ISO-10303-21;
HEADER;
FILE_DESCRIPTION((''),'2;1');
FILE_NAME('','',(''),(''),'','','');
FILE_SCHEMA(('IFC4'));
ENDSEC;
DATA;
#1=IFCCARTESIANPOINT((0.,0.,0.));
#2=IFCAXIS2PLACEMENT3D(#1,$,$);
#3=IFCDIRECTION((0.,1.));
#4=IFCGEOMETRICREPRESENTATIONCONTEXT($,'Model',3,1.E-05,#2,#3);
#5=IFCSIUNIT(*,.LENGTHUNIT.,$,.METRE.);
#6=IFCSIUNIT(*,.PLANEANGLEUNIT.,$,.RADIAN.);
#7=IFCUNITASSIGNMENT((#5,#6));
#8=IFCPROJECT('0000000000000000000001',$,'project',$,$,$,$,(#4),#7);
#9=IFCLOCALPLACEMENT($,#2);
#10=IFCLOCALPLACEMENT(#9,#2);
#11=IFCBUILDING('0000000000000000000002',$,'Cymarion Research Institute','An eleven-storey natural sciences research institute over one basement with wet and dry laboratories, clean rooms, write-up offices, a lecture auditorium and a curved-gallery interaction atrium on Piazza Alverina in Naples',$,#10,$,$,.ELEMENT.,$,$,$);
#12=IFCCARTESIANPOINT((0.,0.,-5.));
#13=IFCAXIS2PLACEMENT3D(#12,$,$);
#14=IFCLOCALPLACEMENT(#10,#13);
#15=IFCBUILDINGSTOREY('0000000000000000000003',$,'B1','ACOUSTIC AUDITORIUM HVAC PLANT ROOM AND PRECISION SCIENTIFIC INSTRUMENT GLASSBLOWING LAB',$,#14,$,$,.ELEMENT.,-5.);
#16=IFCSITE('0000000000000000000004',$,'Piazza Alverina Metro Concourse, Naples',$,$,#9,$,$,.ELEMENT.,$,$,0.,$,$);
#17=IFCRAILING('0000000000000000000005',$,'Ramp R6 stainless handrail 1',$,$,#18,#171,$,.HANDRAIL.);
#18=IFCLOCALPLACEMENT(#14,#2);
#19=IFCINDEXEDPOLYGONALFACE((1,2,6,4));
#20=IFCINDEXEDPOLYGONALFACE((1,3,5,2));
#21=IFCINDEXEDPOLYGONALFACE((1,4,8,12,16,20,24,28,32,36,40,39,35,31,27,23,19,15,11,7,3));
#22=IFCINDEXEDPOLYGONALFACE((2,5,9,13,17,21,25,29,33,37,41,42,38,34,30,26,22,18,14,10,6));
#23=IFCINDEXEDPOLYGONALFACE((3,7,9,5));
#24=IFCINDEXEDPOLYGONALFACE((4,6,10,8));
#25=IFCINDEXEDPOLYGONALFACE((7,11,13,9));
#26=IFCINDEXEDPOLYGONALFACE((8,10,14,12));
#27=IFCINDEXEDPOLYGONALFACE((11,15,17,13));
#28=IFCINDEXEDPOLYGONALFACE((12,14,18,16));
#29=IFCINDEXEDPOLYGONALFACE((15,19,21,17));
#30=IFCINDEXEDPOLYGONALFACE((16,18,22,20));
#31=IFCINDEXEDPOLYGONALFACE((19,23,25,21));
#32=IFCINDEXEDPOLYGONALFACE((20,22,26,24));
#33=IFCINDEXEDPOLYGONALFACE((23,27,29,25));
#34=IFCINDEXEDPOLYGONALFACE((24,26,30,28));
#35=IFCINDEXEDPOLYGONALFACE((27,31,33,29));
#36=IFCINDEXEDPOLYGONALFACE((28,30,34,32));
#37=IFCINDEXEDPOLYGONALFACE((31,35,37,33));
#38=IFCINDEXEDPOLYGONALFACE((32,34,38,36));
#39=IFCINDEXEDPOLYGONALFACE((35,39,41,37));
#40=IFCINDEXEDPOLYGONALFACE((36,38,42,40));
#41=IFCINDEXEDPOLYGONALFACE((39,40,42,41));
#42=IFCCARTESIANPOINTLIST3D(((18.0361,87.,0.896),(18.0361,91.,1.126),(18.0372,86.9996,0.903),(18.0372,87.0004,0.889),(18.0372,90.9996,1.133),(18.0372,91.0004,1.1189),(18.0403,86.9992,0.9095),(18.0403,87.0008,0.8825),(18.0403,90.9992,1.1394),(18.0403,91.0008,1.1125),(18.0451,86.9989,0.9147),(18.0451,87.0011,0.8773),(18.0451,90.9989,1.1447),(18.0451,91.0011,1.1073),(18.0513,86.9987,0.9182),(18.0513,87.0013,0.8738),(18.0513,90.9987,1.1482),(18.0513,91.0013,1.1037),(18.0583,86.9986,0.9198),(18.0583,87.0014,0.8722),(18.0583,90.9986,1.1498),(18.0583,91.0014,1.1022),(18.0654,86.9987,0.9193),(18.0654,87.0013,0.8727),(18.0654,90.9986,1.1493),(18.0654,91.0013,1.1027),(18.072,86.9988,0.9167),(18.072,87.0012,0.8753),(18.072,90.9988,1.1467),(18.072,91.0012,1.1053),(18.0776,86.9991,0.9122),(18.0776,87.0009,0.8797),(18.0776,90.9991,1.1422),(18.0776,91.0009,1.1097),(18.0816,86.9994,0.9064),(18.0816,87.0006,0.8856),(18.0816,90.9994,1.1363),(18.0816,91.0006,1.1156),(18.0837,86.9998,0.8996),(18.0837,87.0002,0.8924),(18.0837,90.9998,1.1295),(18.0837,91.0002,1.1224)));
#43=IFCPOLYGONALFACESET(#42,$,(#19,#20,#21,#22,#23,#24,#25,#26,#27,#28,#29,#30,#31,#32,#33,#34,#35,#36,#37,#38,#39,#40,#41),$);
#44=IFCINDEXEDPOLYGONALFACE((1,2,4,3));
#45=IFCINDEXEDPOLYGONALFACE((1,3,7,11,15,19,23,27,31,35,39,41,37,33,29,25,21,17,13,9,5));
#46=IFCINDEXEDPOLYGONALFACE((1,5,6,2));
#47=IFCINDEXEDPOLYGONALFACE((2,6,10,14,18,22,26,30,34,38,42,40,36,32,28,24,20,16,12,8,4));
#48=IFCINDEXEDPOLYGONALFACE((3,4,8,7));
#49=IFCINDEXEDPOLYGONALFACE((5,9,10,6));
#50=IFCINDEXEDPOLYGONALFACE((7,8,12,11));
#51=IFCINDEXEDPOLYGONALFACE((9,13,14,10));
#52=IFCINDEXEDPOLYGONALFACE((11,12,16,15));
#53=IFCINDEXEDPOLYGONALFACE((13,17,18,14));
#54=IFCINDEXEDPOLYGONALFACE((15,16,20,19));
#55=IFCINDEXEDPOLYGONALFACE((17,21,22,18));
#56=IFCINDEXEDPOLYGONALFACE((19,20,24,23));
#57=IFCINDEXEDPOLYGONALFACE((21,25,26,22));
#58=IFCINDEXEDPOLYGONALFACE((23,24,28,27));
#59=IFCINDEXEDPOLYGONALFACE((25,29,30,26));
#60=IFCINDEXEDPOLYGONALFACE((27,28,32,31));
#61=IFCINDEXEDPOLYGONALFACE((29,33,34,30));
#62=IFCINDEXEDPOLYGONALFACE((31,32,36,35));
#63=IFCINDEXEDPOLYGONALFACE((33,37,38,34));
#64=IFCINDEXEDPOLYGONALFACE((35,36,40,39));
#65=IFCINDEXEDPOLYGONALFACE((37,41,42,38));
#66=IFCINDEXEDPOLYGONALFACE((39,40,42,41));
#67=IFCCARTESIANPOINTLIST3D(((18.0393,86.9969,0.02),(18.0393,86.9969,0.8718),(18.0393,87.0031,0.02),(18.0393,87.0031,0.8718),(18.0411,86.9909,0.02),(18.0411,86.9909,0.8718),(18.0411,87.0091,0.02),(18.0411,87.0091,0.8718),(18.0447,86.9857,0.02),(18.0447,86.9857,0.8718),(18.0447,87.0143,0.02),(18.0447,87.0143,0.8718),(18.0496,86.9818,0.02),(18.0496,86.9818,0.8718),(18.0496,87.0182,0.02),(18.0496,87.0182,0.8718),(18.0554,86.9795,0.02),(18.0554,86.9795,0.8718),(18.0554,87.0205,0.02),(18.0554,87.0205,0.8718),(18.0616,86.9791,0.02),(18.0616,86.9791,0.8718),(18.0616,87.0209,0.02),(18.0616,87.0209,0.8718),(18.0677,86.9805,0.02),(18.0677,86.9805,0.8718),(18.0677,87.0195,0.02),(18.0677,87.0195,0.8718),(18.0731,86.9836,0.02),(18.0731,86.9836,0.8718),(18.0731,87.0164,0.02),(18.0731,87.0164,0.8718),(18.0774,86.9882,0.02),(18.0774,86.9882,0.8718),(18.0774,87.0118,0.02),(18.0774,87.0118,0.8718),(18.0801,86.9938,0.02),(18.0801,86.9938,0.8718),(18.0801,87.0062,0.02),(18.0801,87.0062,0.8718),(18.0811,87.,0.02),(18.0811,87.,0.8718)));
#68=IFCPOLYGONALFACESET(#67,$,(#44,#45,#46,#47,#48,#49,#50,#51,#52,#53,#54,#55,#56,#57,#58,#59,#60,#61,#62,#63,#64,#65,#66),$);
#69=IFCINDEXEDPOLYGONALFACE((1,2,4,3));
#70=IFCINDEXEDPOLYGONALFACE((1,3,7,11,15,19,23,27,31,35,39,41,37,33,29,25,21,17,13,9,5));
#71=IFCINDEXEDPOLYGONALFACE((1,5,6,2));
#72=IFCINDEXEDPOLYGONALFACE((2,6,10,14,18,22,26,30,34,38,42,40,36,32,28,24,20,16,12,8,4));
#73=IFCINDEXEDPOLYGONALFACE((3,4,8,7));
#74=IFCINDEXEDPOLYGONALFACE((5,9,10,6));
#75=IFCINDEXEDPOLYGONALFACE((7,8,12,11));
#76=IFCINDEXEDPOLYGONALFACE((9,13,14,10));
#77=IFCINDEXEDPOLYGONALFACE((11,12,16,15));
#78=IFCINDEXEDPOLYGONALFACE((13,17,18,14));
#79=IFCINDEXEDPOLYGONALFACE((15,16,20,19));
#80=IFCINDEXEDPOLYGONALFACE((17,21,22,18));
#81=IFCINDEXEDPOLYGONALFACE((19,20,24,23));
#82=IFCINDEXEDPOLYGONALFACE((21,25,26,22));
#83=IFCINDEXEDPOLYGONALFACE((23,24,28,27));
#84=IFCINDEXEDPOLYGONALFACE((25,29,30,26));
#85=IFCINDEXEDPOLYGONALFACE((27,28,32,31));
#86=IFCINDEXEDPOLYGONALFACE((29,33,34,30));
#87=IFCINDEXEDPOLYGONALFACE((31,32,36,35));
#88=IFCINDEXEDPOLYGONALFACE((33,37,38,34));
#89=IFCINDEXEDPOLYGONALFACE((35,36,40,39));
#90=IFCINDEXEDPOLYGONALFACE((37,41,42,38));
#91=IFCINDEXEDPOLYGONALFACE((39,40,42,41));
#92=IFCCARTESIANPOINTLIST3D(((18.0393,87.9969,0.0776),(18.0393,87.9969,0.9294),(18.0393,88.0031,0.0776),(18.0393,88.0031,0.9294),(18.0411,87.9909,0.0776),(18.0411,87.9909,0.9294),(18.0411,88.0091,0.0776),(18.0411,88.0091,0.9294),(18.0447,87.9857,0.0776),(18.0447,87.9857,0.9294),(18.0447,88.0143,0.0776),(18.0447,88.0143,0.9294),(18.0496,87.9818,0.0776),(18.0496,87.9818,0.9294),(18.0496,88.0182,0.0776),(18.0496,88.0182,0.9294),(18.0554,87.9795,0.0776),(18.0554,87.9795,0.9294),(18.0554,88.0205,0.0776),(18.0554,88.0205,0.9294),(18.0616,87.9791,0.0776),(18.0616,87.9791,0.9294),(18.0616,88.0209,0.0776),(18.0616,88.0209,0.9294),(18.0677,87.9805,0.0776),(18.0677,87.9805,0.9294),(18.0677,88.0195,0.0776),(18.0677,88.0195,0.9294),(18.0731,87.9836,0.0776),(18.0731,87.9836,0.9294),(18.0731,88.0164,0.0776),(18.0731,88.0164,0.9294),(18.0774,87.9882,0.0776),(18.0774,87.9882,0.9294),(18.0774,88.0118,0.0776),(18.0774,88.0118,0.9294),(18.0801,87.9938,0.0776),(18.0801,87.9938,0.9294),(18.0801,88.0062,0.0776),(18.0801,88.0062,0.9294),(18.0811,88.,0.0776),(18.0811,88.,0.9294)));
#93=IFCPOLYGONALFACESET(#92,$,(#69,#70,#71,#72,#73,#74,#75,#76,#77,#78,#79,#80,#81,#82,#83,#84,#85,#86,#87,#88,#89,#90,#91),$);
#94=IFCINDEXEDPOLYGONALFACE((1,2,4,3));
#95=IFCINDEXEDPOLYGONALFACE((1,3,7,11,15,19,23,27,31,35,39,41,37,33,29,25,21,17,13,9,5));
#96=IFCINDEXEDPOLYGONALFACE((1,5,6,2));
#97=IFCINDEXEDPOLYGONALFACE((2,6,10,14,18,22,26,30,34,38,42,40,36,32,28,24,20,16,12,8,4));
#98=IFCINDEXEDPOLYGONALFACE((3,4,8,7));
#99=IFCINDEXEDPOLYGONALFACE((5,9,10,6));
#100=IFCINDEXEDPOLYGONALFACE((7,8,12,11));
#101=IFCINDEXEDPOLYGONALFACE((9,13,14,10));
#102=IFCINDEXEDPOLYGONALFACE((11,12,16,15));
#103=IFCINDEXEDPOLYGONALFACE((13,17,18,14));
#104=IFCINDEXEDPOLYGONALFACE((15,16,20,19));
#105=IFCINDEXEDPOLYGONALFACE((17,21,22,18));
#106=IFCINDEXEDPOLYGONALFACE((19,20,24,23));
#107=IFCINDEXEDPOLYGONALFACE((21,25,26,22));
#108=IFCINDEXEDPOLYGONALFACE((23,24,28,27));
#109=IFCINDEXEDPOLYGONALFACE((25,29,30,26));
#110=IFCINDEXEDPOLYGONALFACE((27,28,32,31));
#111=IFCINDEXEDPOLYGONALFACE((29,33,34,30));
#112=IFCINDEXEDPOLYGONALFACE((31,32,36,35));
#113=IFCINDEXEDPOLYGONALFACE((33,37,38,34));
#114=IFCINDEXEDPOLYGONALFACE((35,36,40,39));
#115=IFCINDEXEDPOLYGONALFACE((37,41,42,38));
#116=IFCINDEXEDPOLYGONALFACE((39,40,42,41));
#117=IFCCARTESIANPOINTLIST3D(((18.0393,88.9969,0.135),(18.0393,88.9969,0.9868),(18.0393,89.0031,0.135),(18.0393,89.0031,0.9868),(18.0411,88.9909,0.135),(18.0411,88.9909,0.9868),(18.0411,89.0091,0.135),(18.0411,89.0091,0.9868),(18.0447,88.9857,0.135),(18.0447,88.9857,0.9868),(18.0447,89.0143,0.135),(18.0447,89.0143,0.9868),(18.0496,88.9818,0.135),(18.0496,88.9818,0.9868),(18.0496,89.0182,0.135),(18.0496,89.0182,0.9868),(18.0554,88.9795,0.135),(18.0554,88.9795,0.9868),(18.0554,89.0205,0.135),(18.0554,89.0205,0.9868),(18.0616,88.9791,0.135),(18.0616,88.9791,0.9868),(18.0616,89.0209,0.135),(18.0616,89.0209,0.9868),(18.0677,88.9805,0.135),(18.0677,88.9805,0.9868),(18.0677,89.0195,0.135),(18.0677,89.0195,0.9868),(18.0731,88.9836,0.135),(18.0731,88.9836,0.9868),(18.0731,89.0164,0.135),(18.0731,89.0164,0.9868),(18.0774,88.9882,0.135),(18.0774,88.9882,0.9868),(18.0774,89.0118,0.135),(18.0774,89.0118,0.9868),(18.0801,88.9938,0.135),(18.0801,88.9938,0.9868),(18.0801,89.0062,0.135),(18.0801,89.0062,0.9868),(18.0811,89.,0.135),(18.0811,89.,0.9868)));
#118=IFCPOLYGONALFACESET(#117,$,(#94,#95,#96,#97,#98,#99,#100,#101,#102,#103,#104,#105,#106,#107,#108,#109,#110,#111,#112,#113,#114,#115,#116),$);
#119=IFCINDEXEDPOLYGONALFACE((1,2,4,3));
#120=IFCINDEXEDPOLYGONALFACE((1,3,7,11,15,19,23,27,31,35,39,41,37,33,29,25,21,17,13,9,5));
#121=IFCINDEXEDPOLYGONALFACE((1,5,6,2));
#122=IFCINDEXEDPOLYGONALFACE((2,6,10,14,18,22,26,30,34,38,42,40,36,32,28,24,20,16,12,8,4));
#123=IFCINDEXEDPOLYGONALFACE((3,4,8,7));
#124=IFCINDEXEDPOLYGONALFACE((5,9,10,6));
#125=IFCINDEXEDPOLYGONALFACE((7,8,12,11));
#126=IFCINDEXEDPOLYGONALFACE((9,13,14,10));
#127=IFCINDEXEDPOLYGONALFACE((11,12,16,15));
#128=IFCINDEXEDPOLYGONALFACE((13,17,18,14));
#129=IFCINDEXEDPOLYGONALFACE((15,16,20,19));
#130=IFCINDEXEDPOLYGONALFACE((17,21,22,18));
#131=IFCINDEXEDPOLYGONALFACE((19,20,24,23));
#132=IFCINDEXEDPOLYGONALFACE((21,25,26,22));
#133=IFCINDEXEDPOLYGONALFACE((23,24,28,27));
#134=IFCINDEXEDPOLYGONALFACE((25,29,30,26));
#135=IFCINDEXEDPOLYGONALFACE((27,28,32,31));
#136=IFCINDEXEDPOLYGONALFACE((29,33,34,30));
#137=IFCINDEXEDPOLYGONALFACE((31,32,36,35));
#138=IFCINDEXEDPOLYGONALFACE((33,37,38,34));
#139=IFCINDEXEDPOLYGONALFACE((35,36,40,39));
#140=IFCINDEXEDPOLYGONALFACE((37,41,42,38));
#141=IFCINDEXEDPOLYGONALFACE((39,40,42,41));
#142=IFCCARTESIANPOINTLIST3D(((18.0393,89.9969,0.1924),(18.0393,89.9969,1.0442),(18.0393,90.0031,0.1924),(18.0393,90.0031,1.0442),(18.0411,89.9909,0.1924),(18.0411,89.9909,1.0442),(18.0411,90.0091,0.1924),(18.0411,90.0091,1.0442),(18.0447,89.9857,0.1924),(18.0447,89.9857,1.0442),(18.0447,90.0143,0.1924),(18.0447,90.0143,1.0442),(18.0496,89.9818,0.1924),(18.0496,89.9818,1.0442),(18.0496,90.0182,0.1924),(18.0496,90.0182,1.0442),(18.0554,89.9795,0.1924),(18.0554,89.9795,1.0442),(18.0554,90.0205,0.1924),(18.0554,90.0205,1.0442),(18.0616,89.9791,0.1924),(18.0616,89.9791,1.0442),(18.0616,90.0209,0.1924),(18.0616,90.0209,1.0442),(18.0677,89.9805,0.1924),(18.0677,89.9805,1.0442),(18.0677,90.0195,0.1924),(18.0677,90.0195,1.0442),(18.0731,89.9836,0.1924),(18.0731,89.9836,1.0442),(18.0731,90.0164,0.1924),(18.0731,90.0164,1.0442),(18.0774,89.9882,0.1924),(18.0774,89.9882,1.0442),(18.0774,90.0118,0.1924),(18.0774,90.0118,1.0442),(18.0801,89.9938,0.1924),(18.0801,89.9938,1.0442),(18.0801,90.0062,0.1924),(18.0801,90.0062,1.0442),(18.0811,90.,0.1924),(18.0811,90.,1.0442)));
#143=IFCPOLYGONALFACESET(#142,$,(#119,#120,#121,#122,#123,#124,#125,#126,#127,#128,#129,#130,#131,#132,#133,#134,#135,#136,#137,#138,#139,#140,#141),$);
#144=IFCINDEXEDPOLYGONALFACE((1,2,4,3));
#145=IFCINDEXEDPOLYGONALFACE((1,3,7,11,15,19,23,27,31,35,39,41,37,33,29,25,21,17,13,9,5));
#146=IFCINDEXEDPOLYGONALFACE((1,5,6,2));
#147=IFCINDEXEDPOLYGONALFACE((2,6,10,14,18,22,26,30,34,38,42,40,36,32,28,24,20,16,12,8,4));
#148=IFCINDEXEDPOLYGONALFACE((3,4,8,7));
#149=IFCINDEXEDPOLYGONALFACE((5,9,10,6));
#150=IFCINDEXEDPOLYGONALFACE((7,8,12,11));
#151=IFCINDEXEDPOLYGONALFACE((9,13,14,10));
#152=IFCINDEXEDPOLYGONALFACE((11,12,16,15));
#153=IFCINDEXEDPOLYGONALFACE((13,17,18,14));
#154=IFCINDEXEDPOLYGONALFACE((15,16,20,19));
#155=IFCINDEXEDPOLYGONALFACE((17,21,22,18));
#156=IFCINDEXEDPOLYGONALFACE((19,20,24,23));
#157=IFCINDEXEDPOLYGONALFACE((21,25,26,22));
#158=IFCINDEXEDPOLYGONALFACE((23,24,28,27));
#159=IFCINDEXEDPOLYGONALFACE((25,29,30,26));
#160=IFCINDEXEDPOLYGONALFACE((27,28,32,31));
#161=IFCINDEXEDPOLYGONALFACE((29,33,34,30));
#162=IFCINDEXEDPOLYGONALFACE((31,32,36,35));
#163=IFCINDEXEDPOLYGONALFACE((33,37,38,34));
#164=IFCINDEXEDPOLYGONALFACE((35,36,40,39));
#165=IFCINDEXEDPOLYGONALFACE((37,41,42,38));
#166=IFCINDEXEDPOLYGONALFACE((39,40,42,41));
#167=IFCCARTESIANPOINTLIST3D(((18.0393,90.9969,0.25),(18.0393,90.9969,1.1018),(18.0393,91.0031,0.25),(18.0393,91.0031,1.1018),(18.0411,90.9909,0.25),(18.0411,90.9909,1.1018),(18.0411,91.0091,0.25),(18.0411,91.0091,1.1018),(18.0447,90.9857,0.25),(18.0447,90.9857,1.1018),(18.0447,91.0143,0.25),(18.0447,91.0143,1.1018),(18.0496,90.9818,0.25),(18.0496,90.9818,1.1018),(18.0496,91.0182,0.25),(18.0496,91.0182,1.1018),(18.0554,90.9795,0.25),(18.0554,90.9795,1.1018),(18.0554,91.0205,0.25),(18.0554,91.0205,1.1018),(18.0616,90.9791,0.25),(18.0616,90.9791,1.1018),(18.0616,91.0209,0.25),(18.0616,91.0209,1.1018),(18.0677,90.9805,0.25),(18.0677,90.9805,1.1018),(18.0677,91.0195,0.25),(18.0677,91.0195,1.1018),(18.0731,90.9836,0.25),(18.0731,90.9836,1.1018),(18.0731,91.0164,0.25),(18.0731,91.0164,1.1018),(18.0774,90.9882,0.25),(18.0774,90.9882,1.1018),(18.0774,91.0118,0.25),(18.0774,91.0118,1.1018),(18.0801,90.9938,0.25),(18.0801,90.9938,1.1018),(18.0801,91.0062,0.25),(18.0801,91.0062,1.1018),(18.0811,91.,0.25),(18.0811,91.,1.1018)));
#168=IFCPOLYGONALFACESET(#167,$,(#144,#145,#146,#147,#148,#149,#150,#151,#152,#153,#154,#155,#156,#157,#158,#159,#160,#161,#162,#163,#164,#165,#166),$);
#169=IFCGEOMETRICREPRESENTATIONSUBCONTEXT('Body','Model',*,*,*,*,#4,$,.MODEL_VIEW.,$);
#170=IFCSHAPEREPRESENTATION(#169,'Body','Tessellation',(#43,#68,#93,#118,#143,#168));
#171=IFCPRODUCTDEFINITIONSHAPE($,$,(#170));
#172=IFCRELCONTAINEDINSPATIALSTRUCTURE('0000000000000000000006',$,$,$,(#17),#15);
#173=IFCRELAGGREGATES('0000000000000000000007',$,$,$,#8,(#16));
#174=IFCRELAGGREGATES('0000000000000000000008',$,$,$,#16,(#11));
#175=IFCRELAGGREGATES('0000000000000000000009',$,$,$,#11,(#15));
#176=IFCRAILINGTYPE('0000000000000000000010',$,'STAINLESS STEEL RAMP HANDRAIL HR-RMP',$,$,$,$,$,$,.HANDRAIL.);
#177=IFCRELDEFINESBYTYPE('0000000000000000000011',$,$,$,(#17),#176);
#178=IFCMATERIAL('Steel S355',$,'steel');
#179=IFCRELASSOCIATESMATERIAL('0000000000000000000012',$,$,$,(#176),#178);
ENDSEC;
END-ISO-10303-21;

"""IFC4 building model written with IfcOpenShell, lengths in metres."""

from ifc_helpers import new_model, si_unit, direction, frame, origin, origin_2d, place, context, subcontext, project, spatial, circle, extrude, material, type_object, element, save


model = new_model("IFC4")

# Units and contexts
model_context = context("Model", 3, precision=1e-05, world=origin(), true_north=direction((0.0, 1.0)))
body_context = subcontext(model_context, "Body", "Model", "MODEL_VIEW")
ifc_project = project(units=[si_unit("LENGTHUNIT", "METRE"), si_unit("PLANEANGLEUNIT", "RADIAN")], contexts=[model_context])

# Site, building, storey
site_placement = place(None, origin())
site = spatial("IfcSite", under=ifc_project, at=site_placement, Name="Piazza Alverina Metro Concourse, Naples", CompositionType="ELEMENT", RefElevation=0.0)
building_placement = place(site_placement, origin())
building = spatial("IfcBuilding", under=site, at=building_placement, Name="Cymarion Research Institute", Description="An eleven-storey natural sciences research institute over one basement with wet and dry laboratories, clean rooms, write-up offices, a lecture auditorium and a curved-gallery interaction atrium on Piazza Alverina in Naples", CompositionType="ELEMENT")
storey_placement = place(building_placement, frame((0.0, 0.0, -5.0)))
storey = spatial("IfcBuildingStorey", under=building, at=storey_placement, Name="B1", Description="ACOUSTIC AUDITORIUM HVAC PLANT ROOM AND PRECISION SCIENTIFIC INSTRUMENT GLASSBLOWING LAB", CompositionType="ELEMENT", Elevation=-5.0)

# Shared definitions
ifc_material_1 = material(Name="Steel S355", Category="steel")

# Railing
railing_type_1 = type_object("IfcRailingType", Name="STAINLESS STEEL RAMP HANDRAIL HR-RMP", PredefinedType="HANDRAIL", material=ifc_material_1)
for number, where, name in (
    (1, (18.0601, 87.0, 0.02), "Ramp R6 stainless handrail 1"),
):
    element("IfcRailing", number, at=place(storey_placement, frame(where)), inside=storey, type_object=railing_type_1, Name=name, PredefinedType="HANDRAIL", context=body_context, shape_type="SweptSolid", body=[
        extrude(circle(Radius=0.0239, at=origin_2d()), frame((0.0, 0.0, 0.876), z_axis=(0.0, 0.998351, 0.0574), x_axis=(-1.0, 0.0, 0.0)), (0.0, 0.0, 1.0), 4.0066),
        extrude(circle(Radius=0.021, at=origin_2d()), origin(), (0.0, 0.0, 1.0), 0.8518),
        extrude(circle(Radius=0.021, at=origin_2d()), frame((0.0, 1.0, 0.0576)), (0.0, 0.0, 1.0), 0.8518),
        extrude(circle(Radius=0.021, at=origin_2d()), frame((0.0, 2.0, 0.115)), (0.0, 0.0, 1.0), 0.8518),
        extrude(circle(Radius=0.021, at=origin_2d()), frame((0.0, 3.0, 0.1724)), (0.0, 0.0, 1.0), 0.8518),
        extrude(circle(Radius=0.021, at=origin_2d()), frame((0.0, 4.0, 0.23)), (0.0, 0.0, 1.0), 0.8518),
    ])

save(model, "model.ifc")
